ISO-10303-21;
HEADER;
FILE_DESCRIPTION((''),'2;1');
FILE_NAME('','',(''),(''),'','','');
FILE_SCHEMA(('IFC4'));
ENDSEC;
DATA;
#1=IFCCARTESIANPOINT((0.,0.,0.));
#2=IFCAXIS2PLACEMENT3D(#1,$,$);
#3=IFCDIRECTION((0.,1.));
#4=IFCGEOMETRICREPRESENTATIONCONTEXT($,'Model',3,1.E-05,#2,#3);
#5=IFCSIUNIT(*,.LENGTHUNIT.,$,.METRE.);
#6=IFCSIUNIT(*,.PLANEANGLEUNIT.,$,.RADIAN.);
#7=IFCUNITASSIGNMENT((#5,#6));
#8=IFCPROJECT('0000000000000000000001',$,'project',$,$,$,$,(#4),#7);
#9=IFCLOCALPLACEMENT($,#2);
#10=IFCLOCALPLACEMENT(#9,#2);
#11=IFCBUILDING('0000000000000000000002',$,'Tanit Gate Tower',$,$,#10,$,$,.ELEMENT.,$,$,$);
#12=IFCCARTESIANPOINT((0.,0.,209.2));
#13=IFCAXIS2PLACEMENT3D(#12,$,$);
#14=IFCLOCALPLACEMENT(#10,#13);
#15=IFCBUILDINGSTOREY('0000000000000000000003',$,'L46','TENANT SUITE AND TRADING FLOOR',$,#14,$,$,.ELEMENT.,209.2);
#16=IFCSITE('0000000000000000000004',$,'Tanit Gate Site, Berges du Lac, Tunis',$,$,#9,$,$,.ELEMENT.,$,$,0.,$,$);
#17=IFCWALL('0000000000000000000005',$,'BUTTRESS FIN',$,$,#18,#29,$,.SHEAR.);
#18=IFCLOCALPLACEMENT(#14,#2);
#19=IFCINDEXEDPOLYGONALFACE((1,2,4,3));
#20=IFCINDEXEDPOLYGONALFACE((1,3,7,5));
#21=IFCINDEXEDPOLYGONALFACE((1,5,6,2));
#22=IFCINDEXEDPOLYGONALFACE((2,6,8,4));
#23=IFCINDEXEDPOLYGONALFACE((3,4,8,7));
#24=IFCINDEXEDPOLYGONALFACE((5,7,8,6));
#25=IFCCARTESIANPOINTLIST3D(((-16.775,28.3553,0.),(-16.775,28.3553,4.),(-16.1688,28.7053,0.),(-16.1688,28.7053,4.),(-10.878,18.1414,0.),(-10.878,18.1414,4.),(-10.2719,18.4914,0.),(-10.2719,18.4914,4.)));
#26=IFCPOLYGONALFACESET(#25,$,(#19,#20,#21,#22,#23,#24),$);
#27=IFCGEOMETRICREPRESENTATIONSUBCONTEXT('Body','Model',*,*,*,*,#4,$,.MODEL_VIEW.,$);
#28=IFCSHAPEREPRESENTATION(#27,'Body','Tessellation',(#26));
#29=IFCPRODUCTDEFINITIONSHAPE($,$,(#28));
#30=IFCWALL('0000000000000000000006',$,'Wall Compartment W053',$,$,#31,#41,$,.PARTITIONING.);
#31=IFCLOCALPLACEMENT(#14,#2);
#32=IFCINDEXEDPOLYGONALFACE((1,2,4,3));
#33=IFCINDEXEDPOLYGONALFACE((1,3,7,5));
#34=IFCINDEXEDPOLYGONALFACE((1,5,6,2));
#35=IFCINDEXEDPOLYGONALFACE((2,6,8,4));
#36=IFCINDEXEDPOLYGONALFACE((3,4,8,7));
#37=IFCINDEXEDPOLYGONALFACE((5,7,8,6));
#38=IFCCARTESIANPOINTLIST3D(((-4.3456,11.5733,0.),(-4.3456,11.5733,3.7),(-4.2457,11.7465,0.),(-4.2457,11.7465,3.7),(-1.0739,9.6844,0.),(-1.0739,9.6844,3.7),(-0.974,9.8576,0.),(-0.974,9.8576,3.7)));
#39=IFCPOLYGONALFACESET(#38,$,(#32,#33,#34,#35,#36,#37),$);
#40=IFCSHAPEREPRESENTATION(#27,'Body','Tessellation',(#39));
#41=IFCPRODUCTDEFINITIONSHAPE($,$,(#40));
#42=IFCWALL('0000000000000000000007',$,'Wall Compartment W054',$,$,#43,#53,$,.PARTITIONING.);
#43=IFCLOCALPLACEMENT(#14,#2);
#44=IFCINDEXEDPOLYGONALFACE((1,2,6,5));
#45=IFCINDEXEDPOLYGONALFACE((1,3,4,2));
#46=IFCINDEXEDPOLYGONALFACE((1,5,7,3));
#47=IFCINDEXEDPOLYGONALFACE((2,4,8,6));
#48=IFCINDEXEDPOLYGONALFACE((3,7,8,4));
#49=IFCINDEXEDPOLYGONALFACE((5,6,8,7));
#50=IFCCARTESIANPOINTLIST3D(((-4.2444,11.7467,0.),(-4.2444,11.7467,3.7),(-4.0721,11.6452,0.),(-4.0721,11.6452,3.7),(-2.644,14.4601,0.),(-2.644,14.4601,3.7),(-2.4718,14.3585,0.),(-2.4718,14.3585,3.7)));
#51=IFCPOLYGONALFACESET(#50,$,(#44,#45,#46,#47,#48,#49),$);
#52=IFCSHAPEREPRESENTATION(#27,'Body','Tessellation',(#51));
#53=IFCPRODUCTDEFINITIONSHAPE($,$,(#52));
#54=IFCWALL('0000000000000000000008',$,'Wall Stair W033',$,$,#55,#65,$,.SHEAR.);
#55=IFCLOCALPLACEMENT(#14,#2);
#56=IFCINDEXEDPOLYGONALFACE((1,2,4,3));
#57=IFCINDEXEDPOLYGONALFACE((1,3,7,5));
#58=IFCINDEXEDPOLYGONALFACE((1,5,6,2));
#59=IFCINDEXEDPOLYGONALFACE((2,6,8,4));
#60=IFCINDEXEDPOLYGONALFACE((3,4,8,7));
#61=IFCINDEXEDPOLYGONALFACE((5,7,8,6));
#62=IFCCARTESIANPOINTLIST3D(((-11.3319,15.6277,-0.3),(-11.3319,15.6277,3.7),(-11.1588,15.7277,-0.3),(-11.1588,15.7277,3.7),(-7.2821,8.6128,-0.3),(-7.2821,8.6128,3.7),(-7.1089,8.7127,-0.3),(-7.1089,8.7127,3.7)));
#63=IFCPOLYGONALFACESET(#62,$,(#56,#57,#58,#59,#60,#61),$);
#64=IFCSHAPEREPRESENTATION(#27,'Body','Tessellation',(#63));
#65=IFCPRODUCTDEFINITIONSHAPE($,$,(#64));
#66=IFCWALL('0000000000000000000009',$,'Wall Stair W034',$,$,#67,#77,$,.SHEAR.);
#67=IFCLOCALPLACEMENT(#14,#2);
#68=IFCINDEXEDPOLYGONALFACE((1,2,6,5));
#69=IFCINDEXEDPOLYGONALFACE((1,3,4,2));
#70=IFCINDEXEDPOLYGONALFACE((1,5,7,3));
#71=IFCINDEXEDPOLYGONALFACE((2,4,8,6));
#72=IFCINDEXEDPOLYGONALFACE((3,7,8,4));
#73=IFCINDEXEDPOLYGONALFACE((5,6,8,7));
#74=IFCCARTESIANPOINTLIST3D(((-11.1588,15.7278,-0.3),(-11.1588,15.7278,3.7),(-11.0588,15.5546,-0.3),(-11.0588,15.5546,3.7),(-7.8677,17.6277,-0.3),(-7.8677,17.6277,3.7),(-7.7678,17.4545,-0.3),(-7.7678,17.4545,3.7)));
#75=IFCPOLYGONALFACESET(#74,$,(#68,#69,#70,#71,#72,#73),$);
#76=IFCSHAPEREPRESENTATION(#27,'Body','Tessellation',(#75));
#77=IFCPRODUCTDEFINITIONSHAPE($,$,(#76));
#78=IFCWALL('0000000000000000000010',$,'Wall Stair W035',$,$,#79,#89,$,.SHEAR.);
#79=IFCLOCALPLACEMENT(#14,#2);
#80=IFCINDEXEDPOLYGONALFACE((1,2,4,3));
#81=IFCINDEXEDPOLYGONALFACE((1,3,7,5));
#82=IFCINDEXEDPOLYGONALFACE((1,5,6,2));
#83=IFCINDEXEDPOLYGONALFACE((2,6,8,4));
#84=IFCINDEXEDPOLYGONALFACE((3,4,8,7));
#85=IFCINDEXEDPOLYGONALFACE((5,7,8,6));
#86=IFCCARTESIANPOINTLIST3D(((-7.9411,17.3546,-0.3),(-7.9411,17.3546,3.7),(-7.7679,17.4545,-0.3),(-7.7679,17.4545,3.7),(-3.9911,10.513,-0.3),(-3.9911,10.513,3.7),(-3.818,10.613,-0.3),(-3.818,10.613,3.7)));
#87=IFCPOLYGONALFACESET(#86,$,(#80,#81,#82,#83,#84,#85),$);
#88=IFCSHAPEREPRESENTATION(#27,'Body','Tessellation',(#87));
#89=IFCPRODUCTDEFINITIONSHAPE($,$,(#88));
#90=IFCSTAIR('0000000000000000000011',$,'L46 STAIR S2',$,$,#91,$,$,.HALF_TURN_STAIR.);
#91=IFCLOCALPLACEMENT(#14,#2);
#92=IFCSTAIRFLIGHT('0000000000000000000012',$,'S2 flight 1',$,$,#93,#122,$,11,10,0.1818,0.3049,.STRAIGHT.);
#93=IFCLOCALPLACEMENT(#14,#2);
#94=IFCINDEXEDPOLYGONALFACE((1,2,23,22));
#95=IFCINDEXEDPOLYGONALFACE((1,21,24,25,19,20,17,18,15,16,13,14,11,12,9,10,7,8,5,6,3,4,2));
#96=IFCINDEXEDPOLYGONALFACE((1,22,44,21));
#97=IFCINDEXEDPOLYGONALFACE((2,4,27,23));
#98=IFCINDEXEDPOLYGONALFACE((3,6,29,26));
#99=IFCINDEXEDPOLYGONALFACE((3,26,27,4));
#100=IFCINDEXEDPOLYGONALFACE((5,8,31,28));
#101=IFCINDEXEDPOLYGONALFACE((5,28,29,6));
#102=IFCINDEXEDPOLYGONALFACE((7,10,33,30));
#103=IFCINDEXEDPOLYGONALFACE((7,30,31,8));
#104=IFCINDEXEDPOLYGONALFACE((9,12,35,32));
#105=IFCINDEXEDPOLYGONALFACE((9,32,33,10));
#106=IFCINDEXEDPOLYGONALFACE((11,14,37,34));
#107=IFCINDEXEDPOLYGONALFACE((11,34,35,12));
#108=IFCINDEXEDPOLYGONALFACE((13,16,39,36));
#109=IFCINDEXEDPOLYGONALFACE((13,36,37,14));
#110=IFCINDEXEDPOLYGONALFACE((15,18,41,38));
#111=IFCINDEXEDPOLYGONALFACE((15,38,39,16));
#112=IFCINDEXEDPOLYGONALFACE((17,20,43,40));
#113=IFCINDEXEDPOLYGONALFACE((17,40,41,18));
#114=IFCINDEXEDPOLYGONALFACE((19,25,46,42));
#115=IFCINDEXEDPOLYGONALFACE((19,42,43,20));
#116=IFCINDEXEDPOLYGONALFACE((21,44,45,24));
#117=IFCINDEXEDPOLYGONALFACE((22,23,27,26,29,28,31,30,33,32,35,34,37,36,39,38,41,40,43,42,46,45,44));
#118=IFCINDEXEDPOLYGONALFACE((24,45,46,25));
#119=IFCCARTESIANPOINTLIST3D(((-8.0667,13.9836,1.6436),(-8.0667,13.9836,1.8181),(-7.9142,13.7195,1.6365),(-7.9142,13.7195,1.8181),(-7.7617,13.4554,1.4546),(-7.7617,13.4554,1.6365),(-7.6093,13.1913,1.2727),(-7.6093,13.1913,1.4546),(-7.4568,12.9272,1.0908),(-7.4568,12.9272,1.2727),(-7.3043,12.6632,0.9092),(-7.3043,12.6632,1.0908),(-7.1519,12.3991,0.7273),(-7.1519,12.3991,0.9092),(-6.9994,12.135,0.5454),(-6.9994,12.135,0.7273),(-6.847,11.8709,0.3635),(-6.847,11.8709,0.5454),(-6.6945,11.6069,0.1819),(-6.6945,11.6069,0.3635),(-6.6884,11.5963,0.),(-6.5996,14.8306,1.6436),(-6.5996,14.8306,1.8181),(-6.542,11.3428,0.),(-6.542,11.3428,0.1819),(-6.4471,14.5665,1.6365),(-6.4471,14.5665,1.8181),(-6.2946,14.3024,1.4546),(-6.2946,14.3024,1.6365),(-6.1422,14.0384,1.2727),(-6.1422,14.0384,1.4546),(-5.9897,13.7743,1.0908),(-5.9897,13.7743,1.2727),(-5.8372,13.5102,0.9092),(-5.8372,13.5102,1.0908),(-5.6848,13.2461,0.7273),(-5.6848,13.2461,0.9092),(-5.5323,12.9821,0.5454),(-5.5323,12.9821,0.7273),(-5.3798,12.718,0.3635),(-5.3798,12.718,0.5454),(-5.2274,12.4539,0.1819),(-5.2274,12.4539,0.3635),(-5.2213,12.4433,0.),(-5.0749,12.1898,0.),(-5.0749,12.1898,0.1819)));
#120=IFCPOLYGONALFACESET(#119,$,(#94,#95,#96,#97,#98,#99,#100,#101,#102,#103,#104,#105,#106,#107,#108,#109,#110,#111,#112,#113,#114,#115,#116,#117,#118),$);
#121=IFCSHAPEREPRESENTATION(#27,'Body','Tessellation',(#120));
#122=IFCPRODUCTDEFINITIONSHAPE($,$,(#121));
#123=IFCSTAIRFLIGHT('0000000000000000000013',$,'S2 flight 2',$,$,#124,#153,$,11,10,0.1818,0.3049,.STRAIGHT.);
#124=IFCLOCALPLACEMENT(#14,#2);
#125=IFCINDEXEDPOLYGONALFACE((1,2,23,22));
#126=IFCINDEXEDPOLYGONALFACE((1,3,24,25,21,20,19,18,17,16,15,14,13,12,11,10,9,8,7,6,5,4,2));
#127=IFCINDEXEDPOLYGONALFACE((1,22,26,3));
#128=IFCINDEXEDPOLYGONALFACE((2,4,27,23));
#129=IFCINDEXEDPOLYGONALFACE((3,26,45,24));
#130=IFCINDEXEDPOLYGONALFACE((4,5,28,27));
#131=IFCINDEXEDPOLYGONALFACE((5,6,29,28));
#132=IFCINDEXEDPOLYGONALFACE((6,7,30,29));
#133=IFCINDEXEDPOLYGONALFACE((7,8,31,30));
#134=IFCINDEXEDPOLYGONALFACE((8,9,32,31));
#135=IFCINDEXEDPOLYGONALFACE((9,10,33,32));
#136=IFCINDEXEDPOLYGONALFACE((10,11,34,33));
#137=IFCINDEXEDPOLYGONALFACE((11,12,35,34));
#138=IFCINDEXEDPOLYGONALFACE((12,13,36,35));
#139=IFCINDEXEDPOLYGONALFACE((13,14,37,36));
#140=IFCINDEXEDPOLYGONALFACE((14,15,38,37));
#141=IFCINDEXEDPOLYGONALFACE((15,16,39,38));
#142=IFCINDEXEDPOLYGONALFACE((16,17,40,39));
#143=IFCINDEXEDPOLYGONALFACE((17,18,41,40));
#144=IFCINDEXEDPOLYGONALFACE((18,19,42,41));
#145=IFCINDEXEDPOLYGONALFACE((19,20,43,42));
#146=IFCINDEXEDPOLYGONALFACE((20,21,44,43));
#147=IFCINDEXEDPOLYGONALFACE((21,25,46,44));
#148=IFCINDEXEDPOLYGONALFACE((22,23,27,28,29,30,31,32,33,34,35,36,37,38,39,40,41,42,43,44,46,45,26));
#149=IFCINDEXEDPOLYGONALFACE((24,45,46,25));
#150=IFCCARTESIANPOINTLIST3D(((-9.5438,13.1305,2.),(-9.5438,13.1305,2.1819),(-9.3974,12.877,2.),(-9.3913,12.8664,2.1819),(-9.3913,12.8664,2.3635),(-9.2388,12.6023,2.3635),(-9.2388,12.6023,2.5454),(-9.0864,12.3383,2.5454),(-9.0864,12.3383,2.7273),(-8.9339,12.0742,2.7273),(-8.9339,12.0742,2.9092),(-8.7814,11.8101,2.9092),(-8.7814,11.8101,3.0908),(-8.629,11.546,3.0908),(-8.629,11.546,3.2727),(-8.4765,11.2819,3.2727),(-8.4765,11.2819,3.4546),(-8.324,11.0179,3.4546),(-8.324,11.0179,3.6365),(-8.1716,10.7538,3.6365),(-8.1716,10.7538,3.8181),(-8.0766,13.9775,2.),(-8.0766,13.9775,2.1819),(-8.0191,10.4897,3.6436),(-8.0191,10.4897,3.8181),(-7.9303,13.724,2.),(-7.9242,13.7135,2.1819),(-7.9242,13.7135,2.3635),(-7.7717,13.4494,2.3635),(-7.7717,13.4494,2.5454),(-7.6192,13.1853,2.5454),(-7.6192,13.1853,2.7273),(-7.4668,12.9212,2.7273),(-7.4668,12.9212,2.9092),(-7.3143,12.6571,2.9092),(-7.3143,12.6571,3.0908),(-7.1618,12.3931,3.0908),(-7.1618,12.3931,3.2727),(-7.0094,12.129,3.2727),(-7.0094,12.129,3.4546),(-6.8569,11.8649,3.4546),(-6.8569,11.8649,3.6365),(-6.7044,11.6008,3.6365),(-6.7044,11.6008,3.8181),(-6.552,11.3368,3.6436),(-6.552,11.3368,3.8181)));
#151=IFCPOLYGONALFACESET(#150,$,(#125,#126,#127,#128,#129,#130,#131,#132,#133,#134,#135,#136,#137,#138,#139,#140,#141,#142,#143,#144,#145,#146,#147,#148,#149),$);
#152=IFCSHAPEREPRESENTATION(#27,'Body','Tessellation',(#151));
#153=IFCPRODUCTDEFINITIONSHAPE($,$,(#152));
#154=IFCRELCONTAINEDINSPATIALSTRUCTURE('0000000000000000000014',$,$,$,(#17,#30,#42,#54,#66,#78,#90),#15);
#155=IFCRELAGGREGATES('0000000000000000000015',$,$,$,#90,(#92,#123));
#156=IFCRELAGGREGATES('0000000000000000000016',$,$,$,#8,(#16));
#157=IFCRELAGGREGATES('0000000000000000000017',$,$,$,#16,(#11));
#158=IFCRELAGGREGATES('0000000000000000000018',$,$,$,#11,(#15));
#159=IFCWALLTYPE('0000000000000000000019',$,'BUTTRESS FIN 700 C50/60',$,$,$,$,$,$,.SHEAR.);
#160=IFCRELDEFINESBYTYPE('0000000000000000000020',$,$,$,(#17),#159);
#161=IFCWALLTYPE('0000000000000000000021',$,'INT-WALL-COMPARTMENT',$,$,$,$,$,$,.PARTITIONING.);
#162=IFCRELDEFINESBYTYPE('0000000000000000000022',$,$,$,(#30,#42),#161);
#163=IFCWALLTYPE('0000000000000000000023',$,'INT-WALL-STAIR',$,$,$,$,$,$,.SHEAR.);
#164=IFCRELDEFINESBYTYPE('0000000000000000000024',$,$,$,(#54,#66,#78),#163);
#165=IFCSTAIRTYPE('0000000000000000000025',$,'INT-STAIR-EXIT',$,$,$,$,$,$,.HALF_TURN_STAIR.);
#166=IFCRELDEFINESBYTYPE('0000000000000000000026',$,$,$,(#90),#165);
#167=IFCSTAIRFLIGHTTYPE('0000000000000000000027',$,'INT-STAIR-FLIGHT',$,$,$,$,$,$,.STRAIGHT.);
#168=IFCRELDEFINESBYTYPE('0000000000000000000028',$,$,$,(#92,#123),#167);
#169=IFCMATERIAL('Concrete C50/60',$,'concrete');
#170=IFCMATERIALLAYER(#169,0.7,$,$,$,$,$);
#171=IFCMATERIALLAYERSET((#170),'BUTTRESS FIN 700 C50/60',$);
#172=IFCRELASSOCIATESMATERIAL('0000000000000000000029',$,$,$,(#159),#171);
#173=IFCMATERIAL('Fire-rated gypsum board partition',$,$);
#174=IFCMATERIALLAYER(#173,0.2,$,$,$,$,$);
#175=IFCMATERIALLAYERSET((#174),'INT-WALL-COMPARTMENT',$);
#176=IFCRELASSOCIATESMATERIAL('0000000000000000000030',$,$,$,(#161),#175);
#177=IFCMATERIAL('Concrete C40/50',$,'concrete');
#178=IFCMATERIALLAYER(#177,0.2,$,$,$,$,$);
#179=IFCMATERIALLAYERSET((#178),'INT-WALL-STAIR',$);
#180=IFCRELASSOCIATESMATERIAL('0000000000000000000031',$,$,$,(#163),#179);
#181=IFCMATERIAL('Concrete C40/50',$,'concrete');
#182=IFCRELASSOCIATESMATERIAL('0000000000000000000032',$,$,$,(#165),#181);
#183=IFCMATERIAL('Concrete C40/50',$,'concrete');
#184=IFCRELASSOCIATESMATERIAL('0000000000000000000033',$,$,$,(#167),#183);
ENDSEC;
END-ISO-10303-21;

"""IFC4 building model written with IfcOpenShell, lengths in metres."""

from ifc_helpers import new_model, si_unit, direction, frame, frame_2d, origin, place, context, subcontext, project, spatial, polyline, rectangle, outline, extrude, material, layer, layer_set, type_object, element, aggregate, save


model = new_model("IFC4")

# Units and contexts
model_context = context("Model", 3, precision=1e-05, world=origin(), true_north=direction((0.0, 1.0)))
body_context = subcontext(model_context, "Body", "Model", "MODEL_VIEW")
ifc_project = project(units=[si_unit("LENGTHUNIT", "METRE"), si_unit("PLANEANGLEUNIT", "RADIAN")], contexts=[model_context])

# Site, building, storey
site_placement = place(None, origin())
site = spatial("IfcSite", under=ifc_project, at=site_placement, Name="Tanit Gate Site, Berges du Lac, Tunis", CompositionType="ELEMENT", RefElevation=0.0)
building_placement = place(site_placement, origin())
building = spatial("IfcBuilding", under=site, at=building_placement, Name="Tanit Gate Tower", CompositionType="ELEMENT")
storey_placement = place(building_placement, frame((0.0, 0.0, 209.2)))
storey = spatial("IfcBuildingStorey", under=building, at=storey_placement, Name="L46", Description="TENANT SUITE AND TRADING FLOOR", CompositionType="ELEMENT", Elevation=209.2)

# Wall
ifc_material_1 = material(Name="Concrete C50/60", Category="concrete")
ifc_layer_1 = layer(ifc_material_1, 0.7)
ifc_layer_set_1 = layer_set([ifc_layer_1], Name="BUTTRESS FIN 700 C50/60")
wall_type_1 = type_object("IfcWallType", Name="BUTTRESS FIN 700 C50/60", PredefinedType="SHEAR", material=ifc_layer_set_1)
wall_1_placement = place(storey_placement, frame((-10.575, 18.3164, 0.0), z_axis=(0.0, 0.0, 1.0), x_axis=(-0.5, 0.866026, 0.0)))
element("IfcWall", 1, at=wall_1_placement, inside=storey, type_object=wall_type_1, Name="BUTTRESS FIN", PredefinedType="SHEAR", context=body_context, shape_type="SweptSolid", body=[
    extrude(rectangle(XDim=11.7939, YDim=0.7, at=frame_2d((5.897, 0.0))), origin(), (0.0, 0.0, 1.0), 4.0),
])

# Walls
ifc_material_2 = material(Name="Fire-rated gypsum board partition")
ifc_layer_2 = layer(ifc_material_2, 0.2)
ifc_layer_set_2 = layer_set([ifc_layer_2], Name="INT-WALL-COMPARTMENT")
wall_type_2 = type_object("IfcWallType", Name="INT-WALL-COMPARTMENT", PredefinedType="PARTITIONING", material=ifc_layer_set_2)
wall_2_placement = place(storey_placement, frame((-4.2957, 11.6599, 0.0), z_axis=(0.0, 0.0, 1.0), x_axis=(0.866027, -0.499997, 0.0)))
element("IfcWall", 2, at=wall_2_placement, inside=storey, type_object=wall_type_2, Name="Wall Compartment W053", PredefinedType="PARTITIONING", context=body_context, shape_type="SweptSolid", body=[
    extrude(rectangle(XDim=3.7778, YDim=0.2, at=frame_2d((1.8889, 0.0))), origin(), (0.0, 0.0, 1.0), 3.7),
])
wall_3_placement = place(storey_placement, frame((-2.5579, 14.4094, 0.0), z_axis=(0.0, 0.0, 1.0), x_axis=(-0.508019, -0.861346, 0.0)))
element("IfcWall", 3, at=wall_3_placement, inside=storey, type_object=wall_type_2, Name="Wall Compartment W054", PredefinedType="PARTITIONING", context=body_context, shape_type="SweptSolid", body=[
    extrude(rectangle(XDim=3.1501, YDim=0.2, at=frame_2d((1.5752, 0.0))), origin(), (0.0, 0.0, 1.0), 3.7),
])
ifc_material_3 = material(Name="Concrete C40/50", Category="concrete")
ifc_layer_3 = layer(ifc_material_3, 0.2)
ifc_layer_set_3 = layer_set([ifc_layer_3], Name="INT-WALL-STAIR")
wall_type_3 = type_object("IfcWallType", Name="INT-WALL-STAIR", PredefinedType="SHEAR", material=ifc_layer_set_3)
wall_4_placement = place(storey_placement, frame((-11.2454, 15.6777, -0.3), z_axis=(0.0, 0.0, 1.0), x_axis=(0.499977, -0.866039, 0.0)))
element("IfcWall", 4, at=wall_4_placement, inside=storey, type_object=wall_type_3, Name="Wall Stair W033", PredefinedType="SHEAR", context=body_context, shape_type="SweptSolid", body=[
    extrude(rectangle(XDim=8.1001, YDim=0.2, at=frame_2d((4.05, 0.0))), origin(), (0.0, 0.0, 1.0), 4.0),
])
wall_5_placement = place(storey_placement, frame((-7.8179, 17.541, -0.3), z_axis=(0.0, 0.0, 1.0), x_axis=(-0.866044, -0.499967, 0.0)))
element("IfcWall", 5, at=wall_5_placement, inside=storey, type_object=wall_type_3, Name="Wall Stair W034", PredefinedType="SHEAR", context=body_context, shape_type="SweptSolid", body=[
    extrude(rectangle(XDim=3.8, YDim=0.2, at=frame_2d((1.8999, 0.0))), origin(), (0.0, 0.0, 1.0), 4.0),
])
wall_6_placement = place(storey_placement, frame((-7.8545, 17.4045, -0.3), z_axis=(0.0, 0.0, 1.0), x_axis=(0.499998, -0.866027, 0.0)))
element("IfcWall", 6, at=wall_6_placement, inside=storey, type_object=wall_type_3, Name="Wall Stair W035", PredefinedType="SHEAR", context=body_context, shape_type="SweptSolid", body=[
    extrude(rectangle(XDim=7.8999, YDim=0.2, at=frame_2d((3.95, 0.0))), origin(), (0.0, 0.0, 1.0), 4.0),
])

# Stair, stair flights
ifc_material_4 = material(Name="Concrete C40/50", Category="concrete")
stair_type = type_object("IfcStairType", Name="INT-STAIR-EXIT", PredefinedType="HALF_TURN_STAIR", material=ifc_material_4)
stair_placement = place(storey_placement, origin())
stair = element("IfcStair", 7, at=stair_placement, inside=storey, type_object=stair_type, Name="L46 STAIR S2", PredefinedType="HALF_TURN_STAIR")
ifc_material_5 = material(Name="Concrete C40/50", Category="concrete")
stair_flight_type = type_object("IfcStairFlightType", Name="INT-STAIR-FLIGHT", PredefinedType="STRAIGHT", material=ifc_material_5)
stair_flight_1_placement = place(storey_placement, frame((-5.8083, 11.7664, 0.0), z_axis=(0.0, 0.0, 1.0), x_axis=(-0.5, 0.866025, 0.0)))
stair_flight_1 = element("IfcStairFlight", 8, at=stair_flight_1_placement, type_object=stair_flight_type, Name="S2 flight 1", NumberOfRisers=11, NumberOfTreads=10, PredefinedType="STRAIGHT", RiserHeight=0.1818, TreadLength=0.3049, context=body_context, shape_type="SweptSolid", body=[
    extrude(outline(polyline([(0.0, 0.0), (0.0, 0.1819), (0.3049, 0.1819), (0.3049, 0.3635), (0.6099, 0.3635), (0.6099, 0.5454), (0.9148, 0.5454), (0.9148, 0.7273), (1.2197, 0.7273), (1.2197, 0.9092), (1.5247, 0.9092), (1.5247, 1.0908), (1.8296, 1.0908), (1.8296, 1.2727), (2.1345, 1.2727), (2.1345, 1.4546), (2.4395, 1.4546), (2.4395, 1.6365), (2.7444, 1.6365), (2.7444, 1.8181), (3.0493, 1.8181), (3.0493, 2.0), (3.0493, 1.6436), (0.2927, 0.0), (0.0, 0.0)])), frame((0.0, 0.8472, 0.0), z_axis=(0.0, -1.0, 0.0), x_axis=(1.0, 0.0, 0.0)), (0.0, 0.0, 1.0), 1.6941),
])
stair_flight_2_placement = place(storey_placement, frame((-8.8103, 13.554, 2.0), z_axis=(0.0, 0.0, 1.0), x_axis=(0.5, -0.866025, 0.0)))
stair_flight_2 = element("IfcStairFlight", 9, at=stair_flight_2_placement, type_object=stair_flight_type, Name="S2 flight 2", NumberOfRisers=11, NumberOfTreads=10, PredefinedType="STRAIGHT", RiserHeight=0.1818, TreadLength=0.3049, context=body_context, shape_type="SweptSolid", body=[
    extrude(outline(polyline([(0.0, 0.0), (0.0, 0.1819), (0.3049, 0.1819), (0.3049, 0.3635), (0.6099, 0.3635), (0.6099, 0.5454), (0.9148, 0.5454), (0.9148, 0.7273), (1.2197, 0.7273), (1.2197, 0.9092), (1.5247, 0.9092), (1.5247, 1.0908), (1.8296, 1.0908), (1.8296, 1.2727), (2.1345, 1.2727), (2.1345, 1.4546), (2.4395, 1.4546), (2.4395, 1.6365), (2.7444, 1.6365), (2.7444, 1.8181), (3.0493, 1.8181), (3.0493, 2.0), (3.0493, 1.6436), (0.2927, 0.0), (0.0, 0.0)])), frame((0.0, 0.8472, 0.0), z_axis=(0.0, -1.0, 0.0), x_axis=(1.0, 0.0, 0.0)), (0.0, 0.0, 1.0), 1.6941),
])
aggregate(stair, [stair_flight_1, stair_flight_2])

save(model, "model.ifc")
